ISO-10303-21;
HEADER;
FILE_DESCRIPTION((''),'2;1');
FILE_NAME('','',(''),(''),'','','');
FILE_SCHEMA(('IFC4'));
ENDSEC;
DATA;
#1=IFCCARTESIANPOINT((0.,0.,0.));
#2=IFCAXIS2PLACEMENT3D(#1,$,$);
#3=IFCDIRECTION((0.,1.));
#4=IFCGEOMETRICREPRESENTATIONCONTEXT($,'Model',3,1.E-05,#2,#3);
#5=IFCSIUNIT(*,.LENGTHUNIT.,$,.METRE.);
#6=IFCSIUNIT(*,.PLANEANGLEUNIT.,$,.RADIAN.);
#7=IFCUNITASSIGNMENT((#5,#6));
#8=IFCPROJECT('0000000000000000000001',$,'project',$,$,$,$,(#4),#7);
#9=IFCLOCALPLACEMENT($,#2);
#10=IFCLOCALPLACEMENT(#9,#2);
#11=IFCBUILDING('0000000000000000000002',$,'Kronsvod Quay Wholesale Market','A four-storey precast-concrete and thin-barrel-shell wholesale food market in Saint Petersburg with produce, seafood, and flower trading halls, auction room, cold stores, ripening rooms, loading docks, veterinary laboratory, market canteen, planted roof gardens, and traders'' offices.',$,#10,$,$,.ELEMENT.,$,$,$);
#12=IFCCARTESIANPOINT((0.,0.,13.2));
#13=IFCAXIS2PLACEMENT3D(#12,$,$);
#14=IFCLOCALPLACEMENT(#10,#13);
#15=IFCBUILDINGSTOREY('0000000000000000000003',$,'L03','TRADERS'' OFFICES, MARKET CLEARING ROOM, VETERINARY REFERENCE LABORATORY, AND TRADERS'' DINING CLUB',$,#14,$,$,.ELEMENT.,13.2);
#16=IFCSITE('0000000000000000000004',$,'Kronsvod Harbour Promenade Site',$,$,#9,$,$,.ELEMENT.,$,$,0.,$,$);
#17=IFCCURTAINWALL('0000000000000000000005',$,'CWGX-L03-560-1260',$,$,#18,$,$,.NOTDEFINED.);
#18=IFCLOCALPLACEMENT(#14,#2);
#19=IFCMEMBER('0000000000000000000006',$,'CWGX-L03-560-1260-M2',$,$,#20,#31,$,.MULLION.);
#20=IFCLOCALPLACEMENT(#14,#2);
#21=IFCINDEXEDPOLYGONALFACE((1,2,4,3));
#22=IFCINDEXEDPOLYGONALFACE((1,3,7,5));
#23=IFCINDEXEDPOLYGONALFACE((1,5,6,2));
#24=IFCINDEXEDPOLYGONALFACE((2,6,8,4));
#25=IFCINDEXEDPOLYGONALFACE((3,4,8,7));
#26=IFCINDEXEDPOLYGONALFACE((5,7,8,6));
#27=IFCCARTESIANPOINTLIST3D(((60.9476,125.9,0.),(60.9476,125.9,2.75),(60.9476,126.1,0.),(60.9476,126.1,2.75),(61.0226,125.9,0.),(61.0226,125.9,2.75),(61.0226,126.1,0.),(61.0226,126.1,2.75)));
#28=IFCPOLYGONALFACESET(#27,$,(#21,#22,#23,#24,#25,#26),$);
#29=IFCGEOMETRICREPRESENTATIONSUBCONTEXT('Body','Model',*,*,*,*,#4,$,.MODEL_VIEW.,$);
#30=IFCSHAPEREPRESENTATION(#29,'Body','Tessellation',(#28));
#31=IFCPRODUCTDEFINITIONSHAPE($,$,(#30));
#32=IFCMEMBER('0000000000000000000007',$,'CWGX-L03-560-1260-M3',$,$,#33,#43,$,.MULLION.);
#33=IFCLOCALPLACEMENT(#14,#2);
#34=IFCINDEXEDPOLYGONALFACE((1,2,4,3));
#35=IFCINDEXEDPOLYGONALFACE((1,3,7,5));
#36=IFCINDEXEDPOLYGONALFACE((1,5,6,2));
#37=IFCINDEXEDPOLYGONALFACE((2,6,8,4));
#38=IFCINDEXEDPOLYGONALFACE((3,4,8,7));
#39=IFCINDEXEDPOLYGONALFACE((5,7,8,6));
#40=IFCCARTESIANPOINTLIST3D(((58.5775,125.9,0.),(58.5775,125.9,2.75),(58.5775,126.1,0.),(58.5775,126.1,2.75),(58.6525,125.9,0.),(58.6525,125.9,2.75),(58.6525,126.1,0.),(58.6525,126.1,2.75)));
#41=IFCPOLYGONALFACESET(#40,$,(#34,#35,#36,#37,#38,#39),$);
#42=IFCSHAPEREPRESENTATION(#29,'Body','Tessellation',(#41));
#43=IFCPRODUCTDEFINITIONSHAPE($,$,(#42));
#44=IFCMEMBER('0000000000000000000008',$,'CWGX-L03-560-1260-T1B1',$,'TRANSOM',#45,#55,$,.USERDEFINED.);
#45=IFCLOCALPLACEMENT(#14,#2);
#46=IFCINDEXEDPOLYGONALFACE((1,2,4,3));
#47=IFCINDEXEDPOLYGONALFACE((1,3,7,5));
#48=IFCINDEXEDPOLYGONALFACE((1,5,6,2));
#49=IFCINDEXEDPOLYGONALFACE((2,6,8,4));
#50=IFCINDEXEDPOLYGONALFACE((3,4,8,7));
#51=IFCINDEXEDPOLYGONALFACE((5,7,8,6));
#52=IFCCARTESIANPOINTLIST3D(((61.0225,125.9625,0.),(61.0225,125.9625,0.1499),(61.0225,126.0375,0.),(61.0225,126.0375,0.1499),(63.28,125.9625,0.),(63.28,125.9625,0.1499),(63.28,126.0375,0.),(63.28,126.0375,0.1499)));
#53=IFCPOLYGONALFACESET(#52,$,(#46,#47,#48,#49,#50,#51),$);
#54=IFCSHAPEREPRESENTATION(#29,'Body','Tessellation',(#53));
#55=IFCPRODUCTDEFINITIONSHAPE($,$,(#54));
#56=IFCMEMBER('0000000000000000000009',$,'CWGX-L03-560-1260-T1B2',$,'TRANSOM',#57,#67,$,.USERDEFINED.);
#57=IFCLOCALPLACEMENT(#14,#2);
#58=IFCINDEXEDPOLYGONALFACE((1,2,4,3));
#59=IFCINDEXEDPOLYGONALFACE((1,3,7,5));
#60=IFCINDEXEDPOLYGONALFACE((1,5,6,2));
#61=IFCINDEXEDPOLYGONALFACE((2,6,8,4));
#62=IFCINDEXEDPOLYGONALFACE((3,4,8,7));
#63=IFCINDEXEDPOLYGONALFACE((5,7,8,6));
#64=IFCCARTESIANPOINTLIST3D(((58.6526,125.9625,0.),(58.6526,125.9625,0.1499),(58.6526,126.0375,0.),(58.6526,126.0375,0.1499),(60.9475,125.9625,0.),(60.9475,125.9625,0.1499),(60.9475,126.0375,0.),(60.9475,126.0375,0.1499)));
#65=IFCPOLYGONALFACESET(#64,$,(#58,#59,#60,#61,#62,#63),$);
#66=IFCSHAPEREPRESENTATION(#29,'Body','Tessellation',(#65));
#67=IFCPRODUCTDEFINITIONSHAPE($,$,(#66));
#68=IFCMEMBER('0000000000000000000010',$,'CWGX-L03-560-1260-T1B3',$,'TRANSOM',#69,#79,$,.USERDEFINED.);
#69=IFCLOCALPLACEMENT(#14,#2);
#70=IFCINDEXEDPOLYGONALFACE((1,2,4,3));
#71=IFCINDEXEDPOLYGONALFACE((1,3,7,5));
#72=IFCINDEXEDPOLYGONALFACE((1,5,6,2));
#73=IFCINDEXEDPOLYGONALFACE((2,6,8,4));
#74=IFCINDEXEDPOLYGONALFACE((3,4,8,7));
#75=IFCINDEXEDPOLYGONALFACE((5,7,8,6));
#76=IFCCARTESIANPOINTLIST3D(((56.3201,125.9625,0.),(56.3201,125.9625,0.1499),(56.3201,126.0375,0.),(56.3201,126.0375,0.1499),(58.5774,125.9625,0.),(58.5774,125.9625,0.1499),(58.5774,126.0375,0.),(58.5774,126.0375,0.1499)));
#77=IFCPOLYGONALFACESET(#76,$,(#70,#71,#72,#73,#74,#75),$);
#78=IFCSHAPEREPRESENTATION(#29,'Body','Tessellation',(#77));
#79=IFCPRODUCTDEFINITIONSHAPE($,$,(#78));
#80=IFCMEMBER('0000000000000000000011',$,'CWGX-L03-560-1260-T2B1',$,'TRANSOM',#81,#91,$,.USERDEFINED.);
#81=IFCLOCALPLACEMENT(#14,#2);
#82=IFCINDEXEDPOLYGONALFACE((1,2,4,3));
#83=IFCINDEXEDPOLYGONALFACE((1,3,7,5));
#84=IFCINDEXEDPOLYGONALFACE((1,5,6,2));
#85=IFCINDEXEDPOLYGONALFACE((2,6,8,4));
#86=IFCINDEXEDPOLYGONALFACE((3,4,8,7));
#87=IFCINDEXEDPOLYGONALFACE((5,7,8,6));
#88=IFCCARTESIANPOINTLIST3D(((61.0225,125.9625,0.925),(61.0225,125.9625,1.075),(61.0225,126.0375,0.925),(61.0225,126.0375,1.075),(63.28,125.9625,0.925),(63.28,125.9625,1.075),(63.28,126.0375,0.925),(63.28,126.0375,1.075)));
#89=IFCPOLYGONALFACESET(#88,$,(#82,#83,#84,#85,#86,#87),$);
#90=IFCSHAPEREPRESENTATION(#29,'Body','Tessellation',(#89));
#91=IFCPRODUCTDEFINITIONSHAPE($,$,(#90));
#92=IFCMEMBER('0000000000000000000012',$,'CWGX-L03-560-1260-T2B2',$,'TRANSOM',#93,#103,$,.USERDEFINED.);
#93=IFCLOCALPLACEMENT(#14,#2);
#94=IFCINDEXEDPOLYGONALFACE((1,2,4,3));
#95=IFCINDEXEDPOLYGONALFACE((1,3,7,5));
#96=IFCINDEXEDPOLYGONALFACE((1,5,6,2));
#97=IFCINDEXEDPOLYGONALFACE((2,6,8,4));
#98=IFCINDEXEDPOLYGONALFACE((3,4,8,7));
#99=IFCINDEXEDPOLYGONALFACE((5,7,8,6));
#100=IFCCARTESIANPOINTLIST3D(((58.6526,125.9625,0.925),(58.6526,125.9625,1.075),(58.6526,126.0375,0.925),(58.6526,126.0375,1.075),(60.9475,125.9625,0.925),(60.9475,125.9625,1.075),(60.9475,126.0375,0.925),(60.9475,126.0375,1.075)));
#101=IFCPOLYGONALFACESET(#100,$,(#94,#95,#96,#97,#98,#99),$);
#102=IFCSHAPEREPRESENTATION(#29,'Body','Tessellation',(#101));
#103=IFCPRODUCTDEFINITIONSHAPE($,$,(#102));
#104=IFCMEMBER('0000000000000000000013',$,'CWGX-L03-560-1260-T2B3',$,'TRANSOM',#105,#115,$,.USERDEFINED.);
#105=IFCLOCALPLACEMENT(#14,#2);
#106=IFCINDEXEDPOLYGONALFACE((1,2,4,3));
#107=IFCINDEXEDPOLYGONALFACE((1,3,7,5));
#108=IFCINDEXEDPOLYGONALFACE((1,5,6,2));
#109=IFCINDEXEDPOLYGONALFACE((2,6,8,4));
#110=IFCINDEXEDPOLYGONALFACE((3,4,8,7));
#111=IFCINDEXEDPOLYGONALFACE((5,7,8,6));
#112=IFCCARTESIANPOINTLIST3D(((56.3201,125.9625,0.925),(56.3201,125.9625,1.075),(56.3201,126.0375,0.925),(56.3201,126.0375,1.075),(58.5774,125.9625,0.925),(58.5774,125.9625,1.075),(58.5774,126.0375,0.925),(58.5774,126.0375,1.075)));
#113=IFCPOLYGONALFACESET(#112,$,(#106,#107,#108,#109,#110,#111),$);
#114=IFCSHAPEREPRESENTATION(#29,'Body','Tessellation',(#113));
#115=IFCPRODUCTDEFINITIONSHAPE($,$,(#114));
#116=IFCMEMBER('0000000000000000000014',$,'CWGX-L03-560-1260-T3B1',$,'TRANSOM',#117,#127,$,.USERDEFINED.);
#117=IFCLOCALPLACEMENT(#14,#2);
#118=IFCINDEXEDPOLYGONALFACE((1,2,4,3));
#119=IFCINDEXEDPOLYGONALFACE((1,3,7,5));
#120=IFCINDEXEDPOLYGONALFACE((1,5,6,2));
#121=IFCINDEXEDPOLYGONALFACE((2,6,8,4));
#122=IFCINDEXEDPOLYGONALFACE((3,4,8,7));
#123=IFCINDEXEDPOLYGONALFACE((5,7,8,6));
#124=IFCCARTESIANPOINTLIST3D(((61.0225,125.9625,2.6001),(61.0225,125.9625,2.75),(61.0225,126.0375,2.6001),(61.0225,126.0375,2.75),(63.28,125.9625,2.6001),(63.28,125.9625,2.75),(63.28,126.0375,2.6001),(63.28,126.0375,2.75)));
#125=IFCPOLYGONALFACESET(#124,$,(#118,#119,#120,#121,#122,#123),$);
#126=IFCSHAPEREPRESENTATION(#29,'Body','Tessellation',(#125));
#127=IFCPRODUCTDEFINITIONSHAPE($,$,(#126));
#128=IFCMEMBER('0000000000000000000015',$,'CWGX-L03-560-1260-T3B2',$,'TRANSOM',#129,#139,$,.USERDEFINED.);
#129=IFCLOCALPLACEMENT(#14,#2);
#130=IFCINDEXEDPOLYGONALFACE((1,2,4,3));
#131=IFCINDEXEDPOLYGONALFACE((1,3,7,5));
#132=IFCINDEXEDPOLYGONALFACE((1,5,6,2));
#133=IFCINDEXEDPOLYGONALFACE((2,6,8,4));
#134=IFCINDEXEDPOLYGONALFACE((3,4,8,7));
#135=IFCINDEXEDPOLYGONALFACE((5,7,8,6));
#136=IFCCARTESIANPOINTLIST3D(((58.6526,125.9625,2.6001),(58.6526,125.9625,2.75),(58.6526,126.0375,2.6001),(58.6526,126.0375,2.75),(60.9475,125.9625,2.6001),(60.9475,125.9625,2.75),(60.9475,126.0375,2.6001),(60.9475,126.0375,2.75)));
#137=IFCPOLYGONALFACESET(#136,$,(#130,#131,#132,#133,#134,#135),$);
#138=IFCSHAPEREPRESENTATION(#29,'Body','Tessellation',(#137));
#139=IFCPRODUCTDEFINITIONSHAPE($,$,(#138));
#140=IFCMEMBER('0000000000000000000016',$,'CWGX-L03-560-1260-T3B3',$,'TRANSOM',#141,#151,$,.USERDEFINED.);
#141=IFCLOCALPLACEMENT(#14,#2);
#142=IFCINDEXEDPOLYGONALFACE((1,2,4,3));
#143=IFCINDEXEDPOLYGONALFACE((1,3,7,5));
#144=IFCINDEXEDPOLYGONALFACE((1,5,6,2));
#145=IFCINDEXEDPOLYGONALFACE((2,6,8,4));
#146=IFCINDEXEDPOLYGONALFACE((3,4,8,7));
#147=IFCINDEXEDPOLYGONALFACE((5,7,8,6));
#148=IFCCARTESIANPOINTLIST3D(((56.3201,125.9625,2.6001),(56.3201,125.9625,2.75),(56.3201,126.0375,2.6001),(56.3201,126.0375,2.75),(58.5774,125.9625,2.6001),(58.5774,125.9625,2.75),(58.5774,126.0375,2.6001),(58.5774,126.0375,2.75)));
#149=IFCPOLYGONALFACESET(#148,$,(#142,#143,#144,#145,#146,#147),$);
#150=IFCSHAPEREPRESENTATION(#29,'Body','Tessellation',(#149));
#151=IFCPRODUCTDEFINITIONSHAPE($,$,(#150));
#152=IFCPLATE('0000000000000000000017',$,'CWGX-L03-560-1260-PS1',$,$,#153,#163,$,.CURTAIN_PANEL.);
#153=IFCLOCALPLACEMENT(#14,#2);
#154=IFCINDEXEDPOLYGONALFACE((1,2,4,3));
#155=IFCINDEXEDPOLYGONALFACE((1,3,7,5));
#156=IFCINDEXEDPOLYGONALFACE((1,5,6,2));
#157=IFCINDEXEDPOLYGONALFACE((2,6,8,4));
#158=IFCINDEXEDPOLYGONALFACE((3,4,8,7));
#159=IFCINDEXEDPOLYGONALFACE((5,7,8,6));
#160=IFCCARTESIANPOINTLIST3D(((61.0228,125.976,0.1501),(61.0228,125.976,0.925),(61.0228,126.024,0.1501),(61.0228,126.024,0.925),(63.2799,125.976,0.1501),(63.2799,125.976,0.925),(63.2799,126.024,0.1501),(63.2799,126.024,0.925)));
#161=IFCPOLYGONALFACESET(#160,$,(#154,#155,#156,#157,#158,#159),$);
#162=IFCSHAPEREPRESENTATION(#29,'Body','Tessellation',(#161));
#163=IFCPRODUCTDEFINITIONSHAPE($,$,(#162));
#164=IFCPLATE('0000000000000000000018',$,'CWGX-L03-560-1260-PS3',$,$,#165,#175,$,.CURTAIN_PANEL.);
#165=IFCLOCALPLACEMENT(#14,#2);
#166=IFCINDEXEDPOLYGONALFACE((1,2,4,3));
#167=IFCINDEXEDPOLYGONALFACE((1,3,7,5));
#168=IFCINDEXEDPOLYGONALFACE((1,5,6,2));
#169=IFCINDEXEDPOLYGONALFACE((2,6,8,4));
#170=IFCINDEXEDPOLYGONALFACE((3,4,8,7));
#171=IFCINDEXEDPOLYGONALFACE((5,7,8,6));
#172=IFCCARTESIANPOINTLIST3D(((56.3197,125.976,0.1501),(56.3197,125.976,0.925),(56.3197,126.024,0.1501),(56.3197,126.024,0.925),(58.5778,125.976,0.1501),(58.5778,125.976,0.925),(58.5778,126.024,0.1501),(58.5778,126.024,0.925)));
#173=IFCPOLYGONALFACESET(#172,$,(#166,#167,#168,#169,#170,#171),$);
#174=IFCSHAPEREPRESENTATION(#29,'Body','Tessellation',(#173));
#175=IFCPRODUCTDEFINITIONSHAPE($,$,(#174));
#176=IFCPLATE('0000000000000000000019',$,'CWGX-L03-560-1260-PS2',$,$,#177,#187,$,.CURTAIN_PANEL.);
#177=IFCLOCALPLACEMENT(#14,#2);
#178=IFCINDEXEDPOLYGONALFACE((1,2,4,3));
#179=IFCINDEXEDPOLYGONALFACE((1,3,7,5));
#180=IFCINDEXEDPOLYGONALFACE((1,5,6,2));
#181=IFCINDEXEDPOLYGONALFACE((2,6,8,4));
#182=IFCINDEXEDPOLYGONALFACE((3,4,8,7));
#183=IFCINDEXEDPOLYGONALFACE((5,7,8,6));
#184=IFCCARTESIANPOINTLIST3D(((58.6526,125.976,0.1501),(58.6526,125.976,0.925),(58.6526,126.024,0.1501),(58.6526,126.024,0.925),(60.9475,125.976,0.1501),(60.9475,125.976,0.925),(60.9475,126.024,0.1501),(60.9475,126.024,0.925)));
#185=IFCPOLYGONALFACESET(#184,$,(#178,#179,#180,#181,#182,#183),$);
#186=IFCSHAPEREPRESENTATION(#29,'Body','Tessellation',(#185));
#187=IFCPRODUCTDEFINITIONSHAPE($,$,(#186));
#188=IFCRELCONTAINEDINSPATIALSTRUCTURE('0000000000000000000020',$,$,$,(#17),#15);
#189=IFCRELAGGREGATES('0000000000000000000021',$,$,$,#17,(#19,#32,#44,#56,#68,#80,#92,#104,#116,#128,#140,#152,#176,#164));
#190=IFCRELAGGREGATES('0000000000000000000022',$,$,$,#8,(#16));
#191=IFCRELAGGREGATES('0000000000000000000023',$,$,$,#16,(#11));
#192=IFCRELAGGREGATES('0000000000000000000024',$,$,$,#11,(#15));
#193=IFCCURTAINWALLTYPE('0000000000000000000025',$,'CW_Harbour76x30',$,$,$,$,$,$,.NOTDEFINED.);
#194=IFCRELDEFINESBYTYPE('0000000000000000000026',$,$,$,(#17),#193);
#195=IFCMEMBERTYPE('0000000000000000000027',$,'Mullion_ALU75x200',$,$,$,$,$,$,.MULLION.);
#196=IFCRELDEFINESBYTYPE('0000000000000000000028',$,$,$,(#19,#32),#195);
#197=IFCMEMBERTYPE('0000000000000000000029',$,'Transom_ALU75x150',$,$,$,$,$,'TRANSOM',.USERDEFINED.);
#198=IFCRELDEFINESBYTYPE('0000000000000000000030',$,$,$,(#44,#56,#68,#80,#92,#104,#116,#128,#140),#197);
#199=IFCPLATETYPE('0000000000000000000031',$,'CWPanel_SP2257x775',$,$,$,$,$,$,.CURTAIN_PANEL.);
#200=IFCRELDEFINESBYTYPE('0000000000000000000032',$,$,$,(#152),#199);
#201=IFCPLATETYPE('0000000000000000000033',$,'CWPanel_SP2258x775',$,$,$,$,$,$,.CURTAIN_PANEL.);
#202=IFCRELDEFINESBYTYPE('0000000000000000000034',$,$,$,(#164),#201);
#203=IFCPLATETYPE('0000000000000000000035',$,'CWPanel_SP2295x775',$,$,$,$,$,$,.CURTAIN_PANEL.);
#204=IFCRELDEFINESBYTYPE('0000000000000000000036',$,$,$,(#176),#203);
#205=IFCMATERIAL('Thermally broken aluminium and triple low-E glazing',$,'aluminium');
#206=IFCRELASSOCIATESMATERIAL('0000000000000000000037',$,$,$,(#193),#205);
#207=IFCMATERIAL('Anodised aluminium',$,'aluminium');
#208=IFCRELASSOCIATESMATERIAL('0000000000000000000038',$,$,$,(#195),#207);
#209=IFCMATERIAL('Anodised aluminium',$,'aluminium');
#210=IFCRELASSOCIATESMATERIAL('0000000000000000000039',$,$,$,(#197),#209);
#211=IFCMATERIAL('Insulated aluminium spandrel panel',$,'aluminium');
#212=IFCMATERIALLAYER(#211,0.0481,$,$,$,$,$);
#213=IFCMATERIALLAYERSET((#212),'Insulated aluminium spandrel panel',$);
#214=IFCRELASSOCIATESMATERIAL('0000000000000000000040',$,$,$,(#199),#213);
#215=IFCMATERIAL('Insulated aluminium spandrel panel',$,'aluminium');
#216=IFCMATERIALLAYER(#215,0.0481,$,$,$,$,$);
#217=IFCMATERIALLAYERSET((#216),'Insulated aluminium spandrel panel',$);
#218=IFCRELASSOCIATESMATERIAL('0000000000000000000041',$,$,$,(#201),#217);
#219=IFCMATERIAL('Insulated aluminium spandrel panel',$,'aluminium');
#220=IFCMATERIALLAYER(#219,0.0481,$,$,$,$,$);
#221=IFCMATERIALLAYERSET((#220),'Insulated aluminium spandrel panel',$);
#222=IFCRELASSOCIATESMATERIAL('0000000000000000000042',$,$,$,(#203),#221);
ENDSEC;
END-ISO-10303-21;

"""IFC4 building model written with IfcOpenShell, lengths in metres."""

from ifc_helpers import new_model, si_unit, direction, frame, origin, origin_2d, place, context, subcontext, project, spatial, rectangle, extrude, material, layer, layer_set, material_profile, profile_set, type_object, element, aggregate, save


model = new_model("IFC4")

# Units and contexts
model_context = context("Model", 3, precision=1e-05, world=origin(), true_north=direction((0.0, 1.0)))
body_context = subcontext(model_context, "Body", "Model", "MODEL_VIEW")
ifc_project = project(units=[si_unit("LENGTHUNIT", "METRE"), si_unit("PLANEANGLEUNIT", "RADIAN")], contexts=[model_context])

# Site, building, storey
site_placement = place(None, origin())
site = spatial("IfcSite", under=ifc_project, at=site_placement, Name="Kronsvod Harbour Promenade Site", CompositionType="ELEMENT", RefElevation=0.0)
building_placement = place(site_placement, origin())
building = spatial("IfcBuilding", under=site, at=building_placement, Name="Kronsvod Quay Wholesale Market", Description="A four-storey precast-concrete and thin-barrel-shell wholesale food market in Saint Petersburg with produce, seafood, and flower trading halls, auction room, cold stores, ripening rooms, loading docks, veterinary laboratory, market canteen, planted roof gardens, and traders' offices.", CompositionType="ELEMENT")
storey_placement = place(building_placement, frame((0.0, 0.0, 13.2)))
storey = spatial("IfcBuildingStorey", under=building, at=storey_placement, Name="L03", Description="TRADERS' OFFICES, MARKET CLEARING ROOM, VETERINARY REFERENCE LABORATORY, AND TRADERS' DINING CLUB", CompositionType="ELEMENT", Elevation=13.2)

# Curtain wall, members, plates
ifc_material_1 = material(Name="Thermally broken aluminium and triple low-E glazing", Category="aluminium")
curtain_wall_type = type_object("IfcCurtainWallType", Name="CW_Harbour76x30", PredefinedType="NOTDEFINED", material=ifc_material_1)
curtain_wall_placement = place(storey_placement, origin())
curtain_wall = element("IfcCurtainWall", 1, at=curtain_wall_placement, inside=storey, type_object=curtain_wall_type, Name="CWGX-L03-560-1260", PredefinedType="NOTDEFINED")
ifc_material_2 = material(Name="Anodised aluminium", Category="aluminium")
ifc_material_profile_1 = material_profile(ifc_material_2, rectangle(XDim=0.075, YDim=0.2, at=origin_2d()), Name="ALUM75x200")
ifc_profile_set_1 = profile_set([ifc_material_profile_1], Name="Anodised aluminium")
member_type_1 = type_object("IfcMemberType", Name="Mullion_ALU75x200", PredefinedType="MULLION", material=ifc_profile_set_1)
member_1_placement = place(storey_placement, frame((60.9851, 126.0, 0.0), z_axis=(0.0, 0.0, 1.0), x_axis=(1.0, 0.0, 0.0)))
member_1 = element("IfcMember", 2, at=member_1_placement, type_object=member_type_1, Name="CWGX-L03-560-1260-M2", PredefinedType="MULLION", context=body_context, shape_type="SweptSolid", body=[
    extrude(rectangle(XDim=0.075, YDim=0.2, at=origin_2d()), origin(), (0.0, 0.0, 1.0), 2.75),
])
member_2_placement = place(storey_placement, frame((58.615, 126.0, 0.0), z_axis=(0.0, 0.0, 1.0), x_axis=(1.0, 0.0, 0.0)))
member_2 = element("IfcMember", 3, at=member_2_placement, type_object=member_type_1, Name="CWGX-L03-560-1260-M3", PredefinedType="MULLION", context=body_context, shape_type="SweptSolid", body=[
    extrude(rectangle(XDim=0.075, YDim=0.2, at=origin_2d()), origin(), (0.0, 0.0, 1.0), 2.75),
])
ifc_material_3 = material(Name="Anodised aluminium", Category="aluminium")
ifc_material_profile_2 = material_profile(ifc_material_3, rectangle(XDim=0.075, YDim=0.1499, at=origin_2d()), Name="ALUT75x150")
ifc_profile_set_2 = profile_set([ifc_material_profile_2], Name="Anodised aluminium")
member_type_2 = type_object("IfcMemberType", Name="Transom_ALU75x150", ElementType="TRANSOM", PredefinedType="USERDEFINED", material=ifc_profile_set_2)
member_3_placement = place(storey_placement, frame((63.28, 126.0, 0.075), z_axis=(-1.0, 0.0, 0.0), x_axis=(0.0, -1.0, 0.0)))
member_3 = element("IfcMember", 4, at=member_3_placement, type_object=member_type_2, Name="CWGX-L03-560-1260-T1B1", ObjectType="TRANSOM", PredefinedType="USERDEFINED", context=body_context, shape_type="SweptSolid", body=[
    extrude(rectangle(XDim=0.075, YDim=0.1499, at=origin_2d()), origin(), (0.0, 0.0, 1.0), 2.2576),
])
member_4_placement = place(storey_placement, frame((60.9475, 126.0, 0.075), z_axis=(-1.0, 0.0, 0.0), x_axis=(0.0, -1.0, 0.0)))
member_4 = element("IfcMember", 5, at=member_4_placement, type_object=member_type_2, Name="CWGX-L03-560-1260-T1B2", ObjectType="TRANSOM", PredefinedType="USERDEFINED", context=body_context, shape_type="SweptSolid", body=[
    extrude(rectangle(XDim=0.075, YDim=0.1499, at=origin_2d()), origin(), (0.0, 0.0, 1.0), 2.2949),
])
member_5_placement = place(storey_placement, frame((58.5774, 126.0, 0.075), z_axis=(-1.0, 0.0, 0.0), x_axis=(0.0, -1.0, 0.0)))
member_5 = element("IfcMember", 6, at=member_5_placement, type_object=member_type_2, Name="CWGX-L03-560-1260-T1B3", ObjectType="TRANSOM", PredefinedType="USERDEFINED", context=body_context, shape_type="SweptSolid", body=[
    extrude(rectangle(XDim=0.075, YDim=0.1499, at=origin_2d()), origin(), (0.0, 0.0, 1.0), 2.2573),
])
member_6_placement = place(storey_placement, frame((63.28, 126.0, 1.0), z_axis=(-1.0, 0.0, 0.0), x_axis=(0.0, -1.0, 0.0)))
member_6 = element("IfcMember", 7, at=member_6_placement, type_object=member_type_2, Name="CWGX-L03-560-1260-T2B1", ObjectType="TRANSOM", PredefinedType="USERDEFINED", context=body_context, shape_type="SweptSolid", body=[
    extrude(rectangle(XDim=0.075, YDim=0.1499, at=origin_2d()), origin(), (0.0, 0.0, 1.0), 2.2576),
])
member_7_placement = place(storey_placement, frame((60.9475, 126.0, 1.0), z_axis=(-1.0, 0.0, 0.0), x_axis=(0.0, -1.0, 0.0)))
member_7 = element("IfcMember", 8, at=member_7_placement, type_object=member_type_2, Name="CWGX-L03-560-1260-T2B2", ObjectType="TRANSOM", PredefinedType="USERDEFINED", context=body_context, shape_type="SweptSolid", body=[
    extrude(rectangle(XDim=0.075, YDim=0.1499, at=origin_2d()), origin(), (0.0, 0.0, 1.0), 2.2949),
])
member_8_placement = place(storey_placement, frame((58.5774, 126.0, 1.0), z_axis=(-1.0, 0.0, 0.0), x_axis=(0.0, -1.0, 0.0)))
member_8 = element("IfcMember", 9, at=member_8_placement, type_object=member_type_2, Name="CWGX-L03-560-1260-T2B3", ObjectType="TRANSOM", PredefinedType="USERDEFINED", context=body_context, shape_type="SweptSolid", body=[
    extrude(rectangle(XDim=0.075, YDim=0.1499, at=origin_2d()), origin(), (0.0, 0.0, 1.0), 2.2573),
])
member_9_placement = place(storey_placement, frame((63.28, 126.0, 2.675), z_axis=(-1.0, 0.0, 0.0), x_axis=(0.0, -1.0, 0.0)))
member_9 = element("IfcMember", 10, at=member_9_placement, type_object=member_type_2, Name="CWGX-L03-560-1260-T3B1", ObjectType="TRANSOM", PredefinedType="USERDEFINED", context=body_context, shape_type="SweptSolid", body=[
    extrude(rectangle(XDim=0.075, YDim=0.1499, at=origin_2d()), origin(), (0.0, 0.0, 1.0), 2.2576),
])
member_10_placement = place(storey_placement, frame((60.9475, 126.0, 2.675), z_axis=(-1.0, 0.0, 0.0), x_axis=(0.0, -1.0, 0.0)))
member_10 = element("IfcMember", 11, at=member_10_placement, type_object=member_type_2, Name="CWGX-L03-560-1260-T3B2", ObjectType="TRANSOM", PredefinedType="USERDEFINED", context=body_context, shape_type="SweptSolid", body=[
    extrude(rectangle(XDim=0.075, YDim=0.1499, at=origin_2d()), origin(), (0.0, 0.0, 1.0), 2.2949),
])
member_11_placement = place(storey_placement, frame((58.5774, 126.0, 2.675), z_axis=(-1.0, 0.0, 0.0), x_axis=(0.0, -1.0, 0.0)))
member_11 = element("IfcMember", 12, at=member_11_placement, type_object=member_type_2, Name="CWGX-L03-560-1260-T3B3", ObjectType="TRANSOM", PredefinedType="USERDEFINED", context=body_context, shape_type="SweptSolid", body=[
    extrude(rectangle(XDim=0.075, YDim=0.1499, at=origin_2d()), origin(), (0.0, 0.0, 1.0), 2.2573),
])
ifc_material_4 = material(Name="Insulated aluminium spandrel panel", Category="aluminium")
ifc_layer_1 = layer(ifc_material_4, 0.0481)
ifc_layer_set_1 = layer_set([ifc_layer_1], Name="Insulated aluminium spandrel panel")
plate_type_1 = type_object("IfcPlateType", Name="CWPanel_SP2257x775", PredefinedType="CURTAIN_PANEL", material=ifc_layer_set_1)
plate_1_placement = place(storey_placement, frame((62.1514, 126.0, 0.1501), z_axis=(0.0, 0.0, 1.0), x_axis=(-1.0, 0.0, 0.0)))
plate_1 = element("IfcPlate", 13, at=plate_1_placement, type_object=plate_type_1, Name="CWGX-L03-560-1260-PS1", PredefinedType="CURTAIN_PANEL", context=body_context, shape_type="SweptSolid", body=[
    extrude(rectangle(XDim=2.2571, YDim=0.0481, at=origin_2d()), origin(), (0.0, 0.0, 1.0), 0.7749),
])
ifc_material_5 = material(Name="Insulated aluminium spandrel panel", Category="aluminium")
ifc_layer_2 = layer(ifc_material_5, 0.0481)
ifc_layer_set_2 = layer_set([ifc_layer_2], Name="Insulated aluminium spandrel panel")
plate_type_2 = type_object("IfcPlateType", Name="CWPanel_SP2258x775", PredefinedType="CURTAIN_PANEL", material=ifc_layer_set_2)
plate_2_placement = place(storey_placement, frame((57.4487, 126.0, 0.1501), z_axis=(0.0, 0.0, 1.0), x_axis=(-1.0, 0.0, 0.0)))
plate_2 = element("IfcPlate", 14, at=plate_2_placement, type_object=plate_type_2, Name="CWGX-L03-560-1260-PS3", PredefinedType="CURTAIN_PANEL", context=body_context, shape_type="SweptSolid", body=[
    extrude(rectangle(XDim=2.2581, YDim=0.0481, at=origin_2d()), origin(), (0.0, 0.0, 1.0), 0.7749),
])
ifc_material_6 = material(Name="Insulated aluminium spandrel panel", Category="aluminium")
ifc_layer_3 = layer(ifc_material_6, 0.0481)
ifc_layer_set_3 = layer_set([ifc_layer_3], Name="Insulated aluminium spandrel panel")
plate_type_3 = type_object("IfcPlateType", Name="CWPanel_SP2295x775", PredefinedType="CURTAIN_PANEL", material=ifc_layer_set_3)
plate_3_placement = place(storey_placement, frame((59.8, 126.0, 0.1501), z_axis=(0.0, 0.0, 1.0), x_axis=(-1.0, 0.0, 0.0)))
plate_3 = element("IfcPlate", 15, at=plate_3_placement, type_object=plate_type_3, Name="CWGX-L03-560-1260-PS2", PredefinedType="CURTAIN_PANEL", context=body_context, shape_type="SweptSolid", body=[
    extrude(rectangle(XDim=2.2949, YDim=0.0481, at=origin_2d()), origin(), (0.0, 0.0, 1.0), 0.7749),
])
aggregate(curtain_wall, [member_1, member_2, member_3, member_4, member_5, member_6, member_7, member_8, member_9, member_10, member_11, plate_1, plate_3, plate_2])

save(model, "model.ifc")
